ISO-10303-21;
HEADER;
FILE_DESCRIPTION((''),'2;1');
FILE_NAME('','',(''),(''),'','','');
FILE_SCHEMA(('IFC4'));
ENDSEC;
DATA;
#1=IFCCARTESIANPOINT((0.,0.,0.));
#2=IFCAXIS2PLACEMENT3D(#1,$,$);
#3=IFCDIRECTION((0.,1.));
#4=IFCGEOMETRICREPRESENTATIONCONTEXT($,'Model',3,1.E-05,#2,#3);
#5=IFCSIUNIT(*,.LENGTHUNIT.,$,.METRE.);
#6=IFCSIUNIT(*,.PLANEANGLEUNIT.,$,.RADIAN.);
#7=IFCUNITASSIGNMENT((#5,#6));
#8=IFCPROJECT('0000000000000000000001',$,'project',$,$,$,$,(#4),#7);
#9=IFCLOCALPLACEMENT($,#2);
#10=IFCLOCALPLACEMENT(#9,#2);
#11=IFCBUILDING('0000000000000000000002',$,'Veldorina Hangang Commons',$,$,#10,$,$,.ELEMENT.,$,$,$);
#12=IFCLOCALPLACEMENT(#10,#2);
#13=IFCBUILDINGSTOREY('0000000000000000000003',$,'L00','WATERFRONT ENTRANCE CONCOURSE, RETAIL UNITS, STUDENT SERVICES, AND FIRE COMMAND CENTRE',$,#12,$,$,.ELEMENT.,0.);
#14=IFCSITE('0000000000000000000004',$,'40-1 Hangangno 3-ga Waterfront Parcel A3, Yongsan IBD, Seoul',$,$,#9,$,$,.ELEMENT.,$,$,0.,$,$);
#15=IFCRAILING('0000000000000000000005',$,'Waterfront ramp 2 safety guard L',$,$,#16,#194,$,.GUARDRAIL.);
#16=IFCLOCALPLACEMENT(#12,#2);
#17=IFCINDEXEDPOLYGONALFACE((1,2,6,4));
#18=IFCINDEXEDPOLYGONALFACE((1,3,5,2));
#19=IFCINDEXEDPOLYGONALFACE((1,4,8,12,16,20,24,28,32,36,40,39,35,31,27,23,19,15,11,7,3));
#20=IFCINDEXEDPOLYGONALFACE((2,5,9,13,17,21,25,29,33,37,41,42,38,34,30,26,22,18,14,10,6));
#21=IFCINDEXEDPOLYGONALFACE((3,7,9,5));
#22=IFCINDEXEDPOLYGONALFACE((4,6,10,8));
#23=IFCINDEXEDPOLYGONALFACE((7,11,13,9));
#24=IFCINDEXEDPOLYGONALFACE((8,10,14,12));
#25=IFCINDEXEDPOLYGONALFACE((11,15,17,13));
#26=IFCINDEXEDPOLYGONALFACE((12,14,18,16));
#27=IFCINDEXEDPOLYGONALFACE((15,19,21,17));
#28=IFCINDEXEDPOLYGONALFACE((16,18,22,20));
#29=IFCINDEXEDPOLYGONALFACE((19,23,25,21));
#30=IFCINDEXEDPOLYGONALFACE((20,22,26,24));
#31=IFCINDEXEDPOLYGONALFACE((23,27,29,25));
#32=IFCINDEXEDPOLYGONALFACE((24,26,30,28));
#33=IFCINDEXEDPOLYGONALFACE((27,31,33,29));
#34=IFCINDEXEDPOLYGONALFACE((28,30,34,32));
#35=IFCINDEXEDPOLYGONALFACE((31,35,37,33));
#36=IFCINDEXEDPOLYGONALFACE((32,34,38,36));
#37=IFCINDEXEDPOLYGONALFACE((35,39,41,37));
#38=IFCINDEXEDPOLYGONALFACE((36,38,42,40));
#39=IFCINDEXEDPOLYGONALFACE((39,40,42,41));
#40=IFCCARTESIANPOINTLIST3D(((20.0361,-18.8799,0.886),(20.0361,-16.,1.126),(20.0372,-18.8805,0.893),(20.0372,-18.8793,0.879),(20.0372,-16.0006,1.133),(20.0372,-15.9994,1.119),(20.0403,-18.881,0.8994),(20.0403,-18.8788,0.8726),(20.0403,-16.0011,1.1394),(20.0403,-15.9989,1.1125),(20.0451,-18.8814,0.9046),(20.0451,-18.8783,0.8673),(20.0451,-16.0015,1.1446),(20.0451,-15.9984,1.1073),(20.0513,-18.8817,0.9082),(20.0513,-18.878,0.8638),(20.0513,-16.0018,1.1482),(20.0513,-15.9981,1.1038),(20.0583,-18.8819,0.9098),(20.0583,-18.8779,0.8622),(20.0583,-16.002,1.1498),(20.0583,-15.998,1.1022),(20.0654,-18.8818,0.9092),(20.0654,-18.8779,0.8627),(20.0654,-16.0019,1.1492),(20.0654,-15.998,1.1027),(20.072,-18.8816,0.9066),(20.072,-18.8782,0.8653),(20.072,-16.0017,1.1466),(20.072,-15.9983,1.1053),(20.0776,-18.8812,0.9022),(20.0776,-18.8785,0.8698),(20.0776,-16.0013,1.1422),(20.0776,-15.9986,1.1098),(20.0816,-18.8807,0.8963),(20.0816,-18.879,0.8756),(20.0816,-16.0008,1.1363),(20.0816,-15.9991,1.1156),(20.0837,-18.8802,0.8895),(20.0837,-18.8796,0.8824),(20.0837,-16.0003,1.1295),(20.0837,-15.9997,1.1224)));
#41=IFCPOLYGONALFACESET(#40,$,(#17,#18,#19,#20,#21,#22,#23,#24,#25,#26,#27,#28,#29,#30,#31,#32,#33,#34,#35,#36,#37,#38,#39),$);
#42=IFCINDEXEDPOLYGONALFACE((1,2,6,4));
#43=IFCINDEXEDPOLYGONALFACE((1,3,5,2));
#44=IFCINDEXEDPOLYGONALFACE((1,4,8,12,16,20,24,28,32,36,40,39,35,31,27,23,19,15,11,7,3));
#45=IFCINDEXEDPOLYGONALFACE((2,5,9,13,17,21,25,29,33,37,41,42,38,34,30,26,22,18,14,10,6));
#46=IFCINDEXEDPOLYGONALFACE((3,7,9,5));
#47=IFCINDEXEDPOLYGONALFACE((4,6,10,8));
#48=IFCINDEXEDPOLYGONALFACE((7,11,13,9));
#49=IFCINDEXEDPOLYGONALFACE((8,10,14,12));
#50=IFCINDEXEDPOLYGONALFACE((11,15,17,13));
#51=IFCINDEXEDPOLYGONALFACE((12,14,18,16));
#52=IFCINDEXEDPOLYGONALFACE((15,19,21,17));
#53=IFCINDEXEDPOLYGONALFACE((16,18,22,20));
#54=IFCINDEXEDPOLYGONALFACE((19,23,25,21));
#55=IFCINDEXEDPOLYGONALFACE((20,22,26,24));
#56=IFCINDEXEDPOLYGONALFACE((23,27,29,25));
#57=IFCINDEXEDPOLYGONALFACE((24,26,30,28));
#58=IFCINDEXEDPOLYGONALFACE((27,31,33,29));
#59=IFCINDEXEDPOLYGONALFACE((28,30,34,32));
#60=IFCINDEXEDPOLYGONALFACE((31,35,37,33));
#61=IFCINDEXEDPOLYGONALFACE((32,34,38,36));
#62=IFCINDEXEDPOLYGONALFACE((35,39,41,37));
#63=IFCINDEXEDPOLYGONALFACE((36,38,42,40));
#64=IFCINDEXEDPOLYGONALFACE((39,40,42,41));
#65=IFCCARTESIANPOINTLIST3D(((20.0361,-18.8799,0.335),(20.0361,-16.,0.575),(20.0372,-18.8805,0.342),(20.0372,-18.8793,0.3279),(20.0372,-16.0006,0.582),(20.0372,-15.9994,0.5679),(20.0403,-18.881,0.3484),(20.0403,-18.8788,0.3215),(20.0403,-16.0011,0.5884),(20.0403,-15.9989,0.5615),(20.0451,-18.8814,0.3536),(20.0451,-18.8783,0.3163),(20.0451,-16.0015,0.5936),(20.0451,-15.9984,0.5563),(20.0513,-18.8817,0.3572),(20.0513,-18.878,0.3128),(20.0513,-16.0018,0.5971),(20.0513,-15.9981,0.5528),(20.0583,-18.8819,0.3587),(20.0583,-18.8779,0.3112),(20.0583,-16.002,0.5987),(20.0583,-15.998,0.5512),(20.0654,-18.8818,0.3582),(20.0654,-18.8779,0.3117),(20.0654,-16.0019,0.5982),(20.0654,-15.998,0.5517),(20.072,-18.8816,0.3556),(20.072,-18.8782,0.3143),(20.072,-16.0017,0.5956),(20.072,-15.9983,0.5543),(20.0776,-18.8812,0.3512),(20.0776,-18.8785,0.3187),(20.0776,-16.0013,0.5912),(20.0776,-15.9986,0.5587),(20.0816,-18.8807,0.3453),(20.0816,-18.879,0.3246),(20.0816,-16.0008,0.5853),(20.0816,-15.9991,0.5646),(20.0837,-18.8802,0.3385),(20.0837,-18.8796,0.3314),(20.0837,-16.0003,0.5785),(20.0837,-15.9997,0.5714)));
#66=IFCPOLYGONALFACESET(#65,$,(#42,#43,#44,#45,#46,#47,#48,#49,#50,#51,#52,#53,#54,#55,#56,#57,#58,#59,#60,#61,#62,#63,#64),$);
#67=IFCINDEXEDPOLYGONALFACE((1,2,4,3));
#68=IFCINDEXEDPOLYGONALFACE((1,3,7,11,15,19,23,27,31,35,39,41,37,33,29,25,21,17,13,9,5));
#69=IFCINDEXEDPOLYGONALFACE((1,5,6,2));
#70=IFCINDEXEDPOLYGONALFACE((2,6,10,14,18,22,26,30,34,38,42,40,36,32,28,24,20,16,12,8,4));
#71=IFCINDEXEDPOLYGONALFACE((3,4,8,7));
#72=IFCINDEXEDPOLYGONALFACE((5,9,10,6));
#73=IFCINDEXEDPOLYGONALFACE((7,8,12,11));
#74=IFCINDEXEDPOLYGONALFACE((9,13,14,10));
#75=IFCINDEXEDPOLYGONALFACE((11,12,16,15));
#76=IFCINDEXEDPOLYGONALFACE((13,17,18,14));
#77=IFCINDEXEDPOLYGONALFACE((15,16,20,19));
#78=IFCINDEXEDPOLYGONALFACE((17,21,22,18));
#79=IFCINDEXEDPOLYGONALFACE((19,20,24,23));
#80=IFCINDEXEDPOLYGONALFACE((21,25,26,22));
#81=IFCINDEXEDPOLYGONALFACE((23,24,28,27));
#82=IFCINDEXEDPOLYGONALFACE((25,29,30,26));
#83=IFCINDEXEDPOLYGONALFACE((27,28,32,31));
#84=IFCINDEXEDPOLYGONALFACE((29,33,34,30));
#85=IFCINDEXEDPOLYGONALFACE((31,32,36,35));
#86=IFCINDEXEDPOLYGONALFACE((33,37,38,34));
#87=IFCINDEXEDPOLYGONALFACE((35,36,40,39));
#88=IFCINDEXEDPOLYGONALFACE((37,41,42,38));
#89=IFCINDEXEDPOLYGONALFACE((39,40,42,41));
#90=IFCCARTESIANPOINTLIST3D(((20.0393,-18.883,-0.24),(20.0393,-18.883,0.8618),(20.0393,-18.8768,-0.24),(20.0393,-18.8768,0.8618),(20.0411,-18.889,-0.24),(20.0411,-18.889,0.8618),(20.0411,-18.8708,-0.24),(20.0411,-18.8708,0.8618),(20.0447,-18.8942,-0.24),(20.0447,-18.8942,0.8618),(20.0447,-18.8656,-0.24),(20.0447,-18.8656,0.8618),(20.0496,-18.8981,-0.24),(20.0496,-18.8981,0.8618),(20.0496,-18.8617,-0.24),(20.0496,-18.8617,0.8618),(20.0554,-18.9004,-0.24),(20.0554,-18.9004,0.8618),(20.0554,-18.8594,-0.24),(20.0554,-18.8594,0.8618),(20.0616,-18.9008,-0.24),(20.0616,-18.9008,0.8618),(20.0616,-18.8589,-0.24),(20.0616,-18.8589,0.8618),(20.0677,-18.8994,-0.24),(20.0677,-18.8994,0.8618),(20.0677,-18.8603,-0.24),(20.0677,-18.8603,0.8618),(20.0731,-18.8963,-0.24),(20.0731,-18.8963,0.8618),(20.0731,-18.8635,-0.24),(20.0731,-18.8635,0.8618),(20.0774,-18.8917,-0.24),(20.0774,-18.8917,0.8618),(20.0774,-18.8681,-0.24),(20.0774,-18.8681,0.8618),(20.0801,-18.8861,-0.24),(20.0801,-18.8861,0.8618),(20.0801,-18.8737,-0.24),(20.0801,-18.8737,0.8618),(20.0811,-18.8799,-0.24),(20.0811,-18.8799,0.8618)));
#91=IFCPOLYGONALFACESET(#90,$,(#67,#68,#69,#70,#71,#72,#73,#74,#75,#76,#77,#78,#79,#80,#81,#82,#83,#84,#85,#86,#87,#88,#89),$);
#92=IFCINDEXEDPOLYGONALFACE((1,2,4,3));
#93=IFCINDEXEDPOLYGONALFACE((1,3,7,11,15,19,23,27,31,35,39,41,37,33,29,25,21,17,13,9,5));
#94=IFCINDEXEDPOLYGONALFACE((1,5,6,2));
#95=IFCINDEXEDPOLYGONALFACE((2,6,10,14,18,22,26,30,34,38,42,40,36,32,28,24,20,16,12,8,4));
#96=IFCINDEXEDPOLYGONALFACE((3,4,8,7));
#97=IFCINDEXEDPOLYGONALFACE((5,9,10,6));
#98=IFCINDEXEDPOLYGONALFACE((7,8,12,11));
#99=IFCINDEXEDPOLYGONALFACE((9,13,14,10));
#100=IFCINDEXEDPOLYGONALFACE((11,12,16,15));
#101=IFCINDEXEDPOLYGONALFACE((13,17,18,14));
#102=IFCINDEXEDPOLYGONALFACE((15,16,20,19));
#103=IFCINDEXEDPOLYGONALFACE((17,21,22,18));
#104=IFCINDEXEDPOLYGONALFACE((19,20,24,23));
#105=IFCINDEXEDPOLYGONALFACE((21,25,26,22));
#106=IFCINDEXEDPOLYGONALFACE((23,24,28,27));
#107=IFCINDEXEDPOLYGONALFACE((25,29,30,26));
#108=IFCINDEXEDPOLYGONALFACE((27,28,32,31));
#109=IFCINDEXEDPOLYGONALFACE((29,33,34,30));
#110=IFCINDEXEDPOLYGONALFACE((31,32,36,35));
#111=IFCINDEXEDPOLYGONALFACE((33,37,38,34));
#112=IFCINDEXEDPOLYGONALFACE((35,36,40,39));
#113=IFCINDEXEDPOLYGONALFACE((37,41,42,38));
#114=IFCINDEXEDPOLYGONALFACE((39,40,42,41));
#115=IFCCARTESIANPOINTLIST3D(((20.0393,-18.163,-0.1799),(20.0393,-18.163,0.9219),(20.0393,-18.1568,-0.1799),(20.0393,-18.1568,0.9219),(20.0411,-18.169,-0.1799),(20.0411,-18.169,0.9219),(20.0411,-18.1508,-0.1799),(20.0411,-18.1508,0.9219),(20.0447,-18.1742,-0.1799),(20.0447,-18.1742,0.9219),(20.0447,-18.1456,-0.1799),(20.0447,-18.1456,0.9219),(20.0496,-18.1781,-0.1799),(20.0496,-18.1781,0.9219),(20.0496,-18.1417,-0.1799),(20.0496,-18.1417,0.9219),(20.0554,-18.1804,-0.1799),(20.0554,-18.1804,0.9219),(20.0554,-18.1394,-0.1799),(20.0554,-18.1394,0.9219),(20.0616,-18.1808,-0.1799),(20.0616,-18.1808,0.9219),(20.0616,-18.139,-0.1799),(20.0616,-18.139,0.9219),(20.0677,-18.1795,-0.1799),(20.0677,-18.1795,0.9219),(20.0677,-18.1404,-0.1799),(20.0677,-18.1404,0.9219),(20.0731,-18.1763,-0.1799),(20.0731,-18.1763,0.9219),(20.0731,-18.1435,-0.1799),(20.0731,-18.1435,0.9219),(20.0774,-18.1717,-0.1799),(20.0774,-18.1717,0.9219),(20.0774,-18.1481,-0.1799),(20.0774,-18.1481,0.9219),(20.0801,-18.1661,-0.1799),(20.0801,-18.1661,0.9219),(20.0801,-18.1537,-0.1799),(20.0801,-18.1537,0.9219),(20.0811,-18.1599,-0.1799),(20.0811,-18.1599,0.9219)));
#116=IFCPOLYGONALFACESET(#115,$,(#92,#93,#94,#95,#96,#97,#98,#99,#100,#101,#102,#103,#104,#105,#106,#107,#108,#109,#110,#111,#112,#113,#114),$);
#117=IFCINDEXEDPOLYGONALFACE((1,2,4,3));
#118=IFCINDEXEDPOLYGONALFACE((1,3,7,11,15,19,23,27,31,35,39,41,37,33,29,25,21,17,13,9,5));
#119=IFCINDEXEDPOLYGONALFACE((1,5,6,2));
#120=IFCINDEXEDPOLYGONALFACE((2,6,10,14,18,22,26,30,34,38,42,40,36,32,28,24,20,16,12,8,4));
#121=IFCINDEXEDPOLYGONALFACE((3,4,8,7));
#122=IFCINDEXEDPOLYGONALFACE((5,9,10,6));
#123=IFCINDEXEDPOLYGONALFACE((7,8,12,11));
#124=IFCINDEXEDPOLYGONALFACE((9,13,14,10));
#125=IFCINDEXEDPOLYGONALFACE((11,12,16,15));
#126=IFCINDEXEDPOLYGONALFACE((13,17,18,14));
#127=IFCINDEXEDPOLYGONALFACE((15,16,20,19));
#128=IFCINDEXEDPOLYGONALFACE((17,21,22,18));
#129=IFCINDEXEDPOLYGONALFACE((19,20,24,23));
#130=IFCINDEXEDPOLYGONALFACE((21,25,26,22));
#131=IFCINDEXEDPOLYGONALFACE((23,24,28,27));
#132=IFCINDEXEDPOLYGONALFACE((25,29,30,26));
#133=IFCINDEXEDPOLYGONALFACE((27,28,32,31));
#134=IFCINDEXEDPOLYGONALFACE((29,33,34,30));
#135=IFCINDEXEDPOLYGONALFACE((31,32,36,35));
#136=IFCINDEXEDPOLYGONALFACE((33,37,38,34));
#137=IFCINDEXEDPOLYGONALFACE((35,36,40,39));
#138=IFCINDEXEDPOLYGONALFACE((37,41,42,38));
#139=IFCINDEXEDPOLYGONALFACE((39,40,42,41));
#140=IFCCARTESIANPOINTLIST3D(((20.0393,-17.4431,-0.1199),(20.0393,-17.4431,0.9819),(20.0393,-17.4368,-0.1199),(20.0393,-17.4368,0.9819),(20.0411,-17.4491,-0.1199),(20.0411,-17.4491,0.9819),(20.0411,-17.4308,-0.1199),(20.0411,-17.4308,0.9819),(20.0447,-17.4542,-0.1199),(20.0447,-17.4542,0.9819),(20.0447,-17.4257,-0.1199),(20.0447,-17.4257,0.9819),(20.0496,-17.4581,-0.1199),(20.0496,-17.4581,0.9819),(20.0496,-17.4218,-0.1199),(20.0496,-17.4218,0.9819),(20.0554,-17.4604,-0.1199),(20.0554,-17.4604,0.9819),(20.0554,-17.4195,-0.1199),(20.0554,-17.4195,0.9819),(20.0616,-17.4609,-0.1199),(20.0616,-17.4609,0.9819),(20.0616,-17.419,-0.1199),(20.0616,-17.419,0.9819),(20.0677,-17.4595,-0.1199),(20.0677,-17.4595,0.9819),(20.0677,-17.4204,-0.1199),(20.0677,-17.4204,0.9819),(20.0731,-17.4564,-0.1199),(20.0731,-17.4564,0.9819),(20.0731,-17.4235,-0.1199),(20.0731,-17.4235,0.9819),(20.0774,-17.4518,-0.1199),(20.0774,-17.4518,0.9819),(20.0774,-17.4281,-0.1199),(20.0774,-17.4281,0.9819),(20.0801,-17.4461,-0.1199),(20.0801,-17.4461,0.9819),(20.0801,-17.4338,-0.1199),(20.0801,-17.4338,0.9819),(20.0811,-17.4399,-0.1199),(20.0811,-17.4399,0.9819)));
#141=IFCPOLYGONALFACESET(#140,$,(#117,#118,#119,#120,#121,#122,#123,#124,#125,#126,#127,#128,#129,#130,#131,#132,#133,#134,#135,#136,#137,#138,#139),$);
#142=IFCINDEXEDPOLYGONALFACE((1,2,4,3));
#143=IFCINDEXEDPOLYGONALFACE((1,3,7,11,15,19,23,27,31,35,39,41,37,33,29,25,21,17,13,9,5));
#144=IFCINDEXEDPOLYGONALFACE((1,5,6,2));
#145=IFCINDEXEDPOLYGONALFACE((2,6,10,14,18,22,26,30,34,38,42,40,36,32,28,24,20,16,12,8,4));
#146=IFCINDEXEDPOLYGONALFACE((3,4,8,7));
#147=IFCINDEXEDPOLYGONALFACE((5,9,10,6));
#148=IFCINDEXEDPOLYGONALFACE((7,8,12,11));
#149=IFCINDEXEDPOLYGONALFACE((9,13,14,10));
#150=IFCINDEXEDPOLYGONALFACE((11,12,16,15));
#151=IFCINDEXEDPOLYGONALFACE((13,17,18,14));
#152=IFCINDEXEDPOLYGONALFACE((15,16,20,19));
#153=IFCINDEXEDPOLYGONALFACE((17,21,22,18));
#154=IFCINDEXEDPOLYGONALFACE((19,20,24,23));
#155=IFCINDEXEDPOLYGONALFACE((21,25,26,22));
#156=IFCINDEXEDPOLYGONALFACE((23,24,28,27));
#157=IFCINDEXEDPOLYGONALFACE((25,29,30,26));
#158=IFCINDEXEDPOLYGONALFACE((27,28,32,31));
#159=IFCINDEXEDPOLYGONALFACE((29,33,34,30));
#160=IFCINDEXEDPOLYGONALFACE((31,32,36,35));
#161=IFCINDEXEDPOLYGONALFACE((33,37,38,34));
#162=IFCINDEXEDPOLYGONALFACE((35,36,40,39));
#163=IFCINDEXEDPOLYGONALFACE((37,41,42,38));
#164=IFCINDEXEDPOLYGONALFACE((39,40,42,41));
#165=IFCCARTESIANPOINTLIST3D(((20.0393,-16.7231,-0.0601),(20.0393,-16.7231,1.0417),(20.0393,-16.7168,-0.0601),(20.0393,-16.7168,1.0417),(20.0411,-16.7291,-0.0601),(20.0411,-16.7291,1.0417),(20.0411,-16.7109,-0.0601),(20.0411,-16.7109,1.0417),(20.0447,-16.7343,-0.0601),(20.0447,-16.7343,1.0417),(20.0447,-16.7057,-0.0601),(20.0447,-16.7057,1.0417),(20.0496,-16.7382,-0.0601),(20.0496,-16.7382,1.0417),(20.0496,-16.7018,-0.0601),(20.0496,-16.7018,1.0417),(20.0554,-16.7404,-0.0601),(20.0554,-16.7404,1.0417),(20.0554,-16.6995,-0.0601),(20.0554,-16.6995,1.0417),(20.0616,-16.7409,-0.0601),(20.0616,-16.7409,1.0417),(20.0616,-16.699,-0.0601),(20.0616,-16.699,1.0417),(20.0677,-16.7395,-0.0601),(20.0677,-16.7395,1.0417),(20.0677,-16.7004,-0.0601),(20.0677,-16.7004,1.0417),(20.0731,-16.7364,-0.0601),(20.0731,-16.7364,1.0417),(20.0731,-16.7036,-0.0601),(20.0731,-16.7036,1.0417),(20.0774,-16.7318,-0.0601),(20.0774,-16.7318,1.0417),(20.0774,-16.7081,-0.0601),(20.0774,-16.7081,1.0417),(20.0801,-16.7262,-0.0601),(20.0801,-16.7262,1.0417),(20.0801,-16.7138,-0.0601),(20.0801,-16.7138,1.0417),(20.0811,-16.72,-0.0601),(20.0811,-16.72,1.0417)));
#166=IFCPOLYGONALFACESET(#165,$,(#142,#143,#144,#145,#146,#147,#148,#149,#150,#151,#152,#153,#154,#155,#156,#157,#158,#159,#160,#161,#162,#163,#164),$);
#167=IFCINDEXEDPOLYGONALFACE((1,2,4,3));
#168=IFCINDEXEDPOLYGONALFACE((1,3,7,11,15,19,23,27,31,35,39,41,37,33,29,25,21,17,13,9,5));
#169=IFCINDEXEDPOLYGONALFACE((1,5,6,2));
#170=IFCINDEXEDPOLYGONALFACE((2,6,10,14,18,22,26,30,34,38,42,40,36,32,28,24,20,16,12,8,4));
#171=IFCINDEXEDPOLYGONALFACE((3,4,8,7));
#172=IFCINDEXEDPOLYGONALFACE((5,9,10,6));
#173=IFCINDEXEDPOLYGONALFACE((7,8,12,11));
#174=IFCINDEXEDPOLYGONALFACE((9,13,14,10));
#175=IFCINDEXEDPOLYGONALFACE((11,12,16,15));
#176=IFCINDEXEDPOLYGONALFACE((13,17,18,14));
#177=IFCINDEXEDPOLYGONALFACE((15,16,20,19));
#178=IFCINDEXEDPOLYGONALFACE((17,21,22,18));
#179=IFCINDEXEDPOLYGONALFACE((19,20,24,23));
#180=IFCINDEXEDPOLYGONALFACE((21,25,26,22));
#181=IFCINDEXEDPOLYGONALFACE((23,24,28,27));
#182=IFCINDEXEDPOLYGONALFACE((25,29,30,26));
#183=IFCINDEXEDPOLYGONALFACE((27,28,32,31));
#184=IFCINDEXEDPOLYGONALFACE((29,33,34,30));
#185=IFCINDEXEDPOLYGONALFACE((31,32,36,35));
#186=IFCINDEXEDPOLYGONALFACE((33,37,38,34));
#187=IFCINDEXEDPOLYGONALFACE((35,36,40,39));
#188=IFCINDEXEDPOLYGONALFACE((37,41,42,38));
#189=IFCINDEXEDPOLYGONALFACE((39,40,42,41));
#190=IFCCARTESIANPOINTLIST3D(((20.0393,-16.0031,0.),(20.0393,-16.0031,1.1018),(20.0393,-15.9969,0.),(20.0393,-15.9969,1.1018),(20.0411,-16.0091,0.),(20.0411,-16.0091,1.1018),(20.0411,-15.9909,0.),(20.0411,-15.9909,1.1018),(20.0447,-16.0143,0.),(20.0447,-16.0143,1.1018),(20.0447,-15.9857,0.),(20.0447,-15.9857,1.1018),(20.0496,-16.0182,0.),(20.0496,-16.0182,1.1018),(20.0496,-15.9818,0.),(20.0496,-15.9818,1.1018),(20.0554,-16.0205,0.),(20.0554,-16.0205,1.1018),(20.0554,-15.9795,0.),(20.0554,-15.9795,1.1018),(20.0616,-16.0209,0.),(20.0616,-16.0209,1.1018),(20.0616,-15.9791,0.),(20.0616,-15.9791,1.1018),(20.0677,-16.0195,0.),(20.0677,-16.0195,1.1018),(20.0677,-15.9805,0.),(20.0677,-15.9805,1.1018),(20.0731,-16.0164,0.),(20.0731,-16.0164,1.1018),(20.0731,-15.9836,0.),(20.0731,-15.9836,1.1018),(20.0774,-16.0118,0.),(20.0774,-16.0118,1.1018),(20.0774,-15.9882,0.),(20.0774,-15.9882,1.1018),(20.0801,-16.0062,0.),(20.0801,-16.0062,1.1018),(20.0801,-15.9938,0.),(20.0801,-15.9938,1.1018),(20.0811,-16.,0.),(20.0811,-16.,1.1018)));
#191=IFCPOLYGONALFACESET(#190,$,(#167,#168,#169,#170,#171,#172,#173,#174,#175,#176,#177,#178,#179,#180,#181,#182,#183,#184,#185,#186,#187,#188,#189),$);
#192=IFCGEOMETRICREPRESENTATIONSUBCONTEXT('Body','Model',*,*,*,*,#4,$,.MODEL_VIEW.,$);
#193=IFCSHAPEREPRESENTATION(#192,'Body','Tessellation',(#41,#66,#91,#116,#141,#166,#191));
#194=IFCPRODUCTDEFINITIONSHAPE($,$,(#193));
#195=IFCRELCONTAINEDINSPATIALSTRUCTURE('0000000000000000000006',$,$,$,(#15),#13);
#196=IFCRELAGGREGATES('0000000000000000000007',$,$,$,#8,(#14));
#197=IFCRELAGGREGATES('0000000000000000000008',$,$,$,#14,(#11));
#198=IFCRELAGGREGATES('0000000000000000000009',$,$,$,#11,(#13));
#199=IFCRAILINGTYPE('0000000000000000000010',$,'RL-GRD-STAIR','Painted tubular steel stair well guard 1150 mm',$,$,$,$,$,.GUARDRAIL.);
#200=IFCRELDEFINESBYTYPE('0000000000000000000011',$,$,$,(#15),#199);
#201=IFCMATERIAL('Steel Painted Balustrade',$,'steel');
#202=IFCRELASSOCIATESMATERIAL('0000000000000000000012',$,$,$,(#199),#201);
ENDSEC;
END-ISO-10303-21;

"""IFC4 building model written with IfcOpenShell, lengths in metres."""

from ifc_helpers import new_model, si_unit, direction, frame, origin, origin_2d, place, context, subcontext, project, spatial, circle, extrude, material, type_object, element, save


model = new_model("IFC4")

# Units and contexts
model_context = context("Model", 3, precision=1e-05, world=origin(), true_north=direction((0.0, 1.0)))
body_context = subcontext(model_context, "Body", "Model", "MODEL_VIEW")
ifc_project = project(units=[si_unit("LENGTHUNIT", "METRE"), si_unit("PLANEANGLEUNIT", "RADIAN")], contexts=[model_context])

# Site, building, storey
site_placement = place(None, origin())
site = spatial("IfcSite", under=ifc_project, at=site_placement, Name="40-1 Hangangno 3-ga Waterfront Parcel A3, Yongsan IBD, Seoul", CompositionType="ELEMENT", RefElevation=0.0)
building_placement = place(site_placement, origin())
building = spatial("IfcBuilding", under=site, at=building_placement, Name="Veldorina Hangang Commons", CompositionType="ELEMENT")
storey_placement = place(building_placement, origin())
storey = spatial("IfcBuildingStorey", under=building, at=storey_placement, Name="L00", Description="WATERFRONT ENTRANCE CONCOURSE, RETAIL UNITS, STUDENT SERVICES, AND FIRE COMMAND CENTRE", CompositionType="ELEMENT", Elevation=0.0)

# Railing
ifc_material_1 = material(Name="Steel Painted Balustrade", Category="steel")
railing_type_1 = type_object("IfcRailingType", Name="RL-GRD-STAIR", Description="Painted tubular steel stair well guard 1150 mm", PredefinedType="GUARDRAIL", material=ifc_material_1)
for number, where, name in (
    (1, (20.0601, -18.8799, -0.24), "Waterfront ramp 2 safety guard L"),
):
    element("IfcRailing", number, at=place(storey_placement, frame(where)), inside=storey, type_object=railing_type_1, Name=name, PredefinedType="GUARDRAIL", context=body_context, shape_type="SweptSolid", body=[
        extrude(circle(Radius=0.0239, at=origin_2d()), frame((0.0, 0.0, 1.126), z_axis=(0.0, 0.996546, 0.083045), x_axis=(-1.0, 0.0, 0.0)), (0.0, 0.0, 1.0), 2.8899),
        extrude(circle(Radius=0.0239, at=origin_2d()), frame((0.0, 0.0, 0.575), z_axis=(0.0, 0.996546, 0.083045), x_axis=(-1.0, 0.0, 0.0)), (0.0, 0.0, 1.0), 2.8899),
        extrude(circle(Radius=0.021, at=origin_2d()), origin(), (0.0, 0.0, 1.0), 1.1018),
        extrude(circle(Radius=0.021, at=origin_2d()), frame((0.0, 0.72, 0.0601)), (0.0, 0.0, 1.0), 1.1018),
        extrude(circle(Radius=0.021, at=origin_2d()), frame((0.0, 1.4399, 0.1201)), (0.0, 0.0, 1.0), 1.1018),
        extrude(circle(Radius=0.021, at=origin_2d()), frame((0.0, 2.1599, 0.1799)), (0.0, 0.0, 1.0), 1.1018),
        extrude(circle(Radius=0.021, at=origin_2d()), frame((0.0, 2.8799, 0.24)), (0.0, 0.0, 1.0), 1.1018),
    ])

save(model, "model.ifc")
